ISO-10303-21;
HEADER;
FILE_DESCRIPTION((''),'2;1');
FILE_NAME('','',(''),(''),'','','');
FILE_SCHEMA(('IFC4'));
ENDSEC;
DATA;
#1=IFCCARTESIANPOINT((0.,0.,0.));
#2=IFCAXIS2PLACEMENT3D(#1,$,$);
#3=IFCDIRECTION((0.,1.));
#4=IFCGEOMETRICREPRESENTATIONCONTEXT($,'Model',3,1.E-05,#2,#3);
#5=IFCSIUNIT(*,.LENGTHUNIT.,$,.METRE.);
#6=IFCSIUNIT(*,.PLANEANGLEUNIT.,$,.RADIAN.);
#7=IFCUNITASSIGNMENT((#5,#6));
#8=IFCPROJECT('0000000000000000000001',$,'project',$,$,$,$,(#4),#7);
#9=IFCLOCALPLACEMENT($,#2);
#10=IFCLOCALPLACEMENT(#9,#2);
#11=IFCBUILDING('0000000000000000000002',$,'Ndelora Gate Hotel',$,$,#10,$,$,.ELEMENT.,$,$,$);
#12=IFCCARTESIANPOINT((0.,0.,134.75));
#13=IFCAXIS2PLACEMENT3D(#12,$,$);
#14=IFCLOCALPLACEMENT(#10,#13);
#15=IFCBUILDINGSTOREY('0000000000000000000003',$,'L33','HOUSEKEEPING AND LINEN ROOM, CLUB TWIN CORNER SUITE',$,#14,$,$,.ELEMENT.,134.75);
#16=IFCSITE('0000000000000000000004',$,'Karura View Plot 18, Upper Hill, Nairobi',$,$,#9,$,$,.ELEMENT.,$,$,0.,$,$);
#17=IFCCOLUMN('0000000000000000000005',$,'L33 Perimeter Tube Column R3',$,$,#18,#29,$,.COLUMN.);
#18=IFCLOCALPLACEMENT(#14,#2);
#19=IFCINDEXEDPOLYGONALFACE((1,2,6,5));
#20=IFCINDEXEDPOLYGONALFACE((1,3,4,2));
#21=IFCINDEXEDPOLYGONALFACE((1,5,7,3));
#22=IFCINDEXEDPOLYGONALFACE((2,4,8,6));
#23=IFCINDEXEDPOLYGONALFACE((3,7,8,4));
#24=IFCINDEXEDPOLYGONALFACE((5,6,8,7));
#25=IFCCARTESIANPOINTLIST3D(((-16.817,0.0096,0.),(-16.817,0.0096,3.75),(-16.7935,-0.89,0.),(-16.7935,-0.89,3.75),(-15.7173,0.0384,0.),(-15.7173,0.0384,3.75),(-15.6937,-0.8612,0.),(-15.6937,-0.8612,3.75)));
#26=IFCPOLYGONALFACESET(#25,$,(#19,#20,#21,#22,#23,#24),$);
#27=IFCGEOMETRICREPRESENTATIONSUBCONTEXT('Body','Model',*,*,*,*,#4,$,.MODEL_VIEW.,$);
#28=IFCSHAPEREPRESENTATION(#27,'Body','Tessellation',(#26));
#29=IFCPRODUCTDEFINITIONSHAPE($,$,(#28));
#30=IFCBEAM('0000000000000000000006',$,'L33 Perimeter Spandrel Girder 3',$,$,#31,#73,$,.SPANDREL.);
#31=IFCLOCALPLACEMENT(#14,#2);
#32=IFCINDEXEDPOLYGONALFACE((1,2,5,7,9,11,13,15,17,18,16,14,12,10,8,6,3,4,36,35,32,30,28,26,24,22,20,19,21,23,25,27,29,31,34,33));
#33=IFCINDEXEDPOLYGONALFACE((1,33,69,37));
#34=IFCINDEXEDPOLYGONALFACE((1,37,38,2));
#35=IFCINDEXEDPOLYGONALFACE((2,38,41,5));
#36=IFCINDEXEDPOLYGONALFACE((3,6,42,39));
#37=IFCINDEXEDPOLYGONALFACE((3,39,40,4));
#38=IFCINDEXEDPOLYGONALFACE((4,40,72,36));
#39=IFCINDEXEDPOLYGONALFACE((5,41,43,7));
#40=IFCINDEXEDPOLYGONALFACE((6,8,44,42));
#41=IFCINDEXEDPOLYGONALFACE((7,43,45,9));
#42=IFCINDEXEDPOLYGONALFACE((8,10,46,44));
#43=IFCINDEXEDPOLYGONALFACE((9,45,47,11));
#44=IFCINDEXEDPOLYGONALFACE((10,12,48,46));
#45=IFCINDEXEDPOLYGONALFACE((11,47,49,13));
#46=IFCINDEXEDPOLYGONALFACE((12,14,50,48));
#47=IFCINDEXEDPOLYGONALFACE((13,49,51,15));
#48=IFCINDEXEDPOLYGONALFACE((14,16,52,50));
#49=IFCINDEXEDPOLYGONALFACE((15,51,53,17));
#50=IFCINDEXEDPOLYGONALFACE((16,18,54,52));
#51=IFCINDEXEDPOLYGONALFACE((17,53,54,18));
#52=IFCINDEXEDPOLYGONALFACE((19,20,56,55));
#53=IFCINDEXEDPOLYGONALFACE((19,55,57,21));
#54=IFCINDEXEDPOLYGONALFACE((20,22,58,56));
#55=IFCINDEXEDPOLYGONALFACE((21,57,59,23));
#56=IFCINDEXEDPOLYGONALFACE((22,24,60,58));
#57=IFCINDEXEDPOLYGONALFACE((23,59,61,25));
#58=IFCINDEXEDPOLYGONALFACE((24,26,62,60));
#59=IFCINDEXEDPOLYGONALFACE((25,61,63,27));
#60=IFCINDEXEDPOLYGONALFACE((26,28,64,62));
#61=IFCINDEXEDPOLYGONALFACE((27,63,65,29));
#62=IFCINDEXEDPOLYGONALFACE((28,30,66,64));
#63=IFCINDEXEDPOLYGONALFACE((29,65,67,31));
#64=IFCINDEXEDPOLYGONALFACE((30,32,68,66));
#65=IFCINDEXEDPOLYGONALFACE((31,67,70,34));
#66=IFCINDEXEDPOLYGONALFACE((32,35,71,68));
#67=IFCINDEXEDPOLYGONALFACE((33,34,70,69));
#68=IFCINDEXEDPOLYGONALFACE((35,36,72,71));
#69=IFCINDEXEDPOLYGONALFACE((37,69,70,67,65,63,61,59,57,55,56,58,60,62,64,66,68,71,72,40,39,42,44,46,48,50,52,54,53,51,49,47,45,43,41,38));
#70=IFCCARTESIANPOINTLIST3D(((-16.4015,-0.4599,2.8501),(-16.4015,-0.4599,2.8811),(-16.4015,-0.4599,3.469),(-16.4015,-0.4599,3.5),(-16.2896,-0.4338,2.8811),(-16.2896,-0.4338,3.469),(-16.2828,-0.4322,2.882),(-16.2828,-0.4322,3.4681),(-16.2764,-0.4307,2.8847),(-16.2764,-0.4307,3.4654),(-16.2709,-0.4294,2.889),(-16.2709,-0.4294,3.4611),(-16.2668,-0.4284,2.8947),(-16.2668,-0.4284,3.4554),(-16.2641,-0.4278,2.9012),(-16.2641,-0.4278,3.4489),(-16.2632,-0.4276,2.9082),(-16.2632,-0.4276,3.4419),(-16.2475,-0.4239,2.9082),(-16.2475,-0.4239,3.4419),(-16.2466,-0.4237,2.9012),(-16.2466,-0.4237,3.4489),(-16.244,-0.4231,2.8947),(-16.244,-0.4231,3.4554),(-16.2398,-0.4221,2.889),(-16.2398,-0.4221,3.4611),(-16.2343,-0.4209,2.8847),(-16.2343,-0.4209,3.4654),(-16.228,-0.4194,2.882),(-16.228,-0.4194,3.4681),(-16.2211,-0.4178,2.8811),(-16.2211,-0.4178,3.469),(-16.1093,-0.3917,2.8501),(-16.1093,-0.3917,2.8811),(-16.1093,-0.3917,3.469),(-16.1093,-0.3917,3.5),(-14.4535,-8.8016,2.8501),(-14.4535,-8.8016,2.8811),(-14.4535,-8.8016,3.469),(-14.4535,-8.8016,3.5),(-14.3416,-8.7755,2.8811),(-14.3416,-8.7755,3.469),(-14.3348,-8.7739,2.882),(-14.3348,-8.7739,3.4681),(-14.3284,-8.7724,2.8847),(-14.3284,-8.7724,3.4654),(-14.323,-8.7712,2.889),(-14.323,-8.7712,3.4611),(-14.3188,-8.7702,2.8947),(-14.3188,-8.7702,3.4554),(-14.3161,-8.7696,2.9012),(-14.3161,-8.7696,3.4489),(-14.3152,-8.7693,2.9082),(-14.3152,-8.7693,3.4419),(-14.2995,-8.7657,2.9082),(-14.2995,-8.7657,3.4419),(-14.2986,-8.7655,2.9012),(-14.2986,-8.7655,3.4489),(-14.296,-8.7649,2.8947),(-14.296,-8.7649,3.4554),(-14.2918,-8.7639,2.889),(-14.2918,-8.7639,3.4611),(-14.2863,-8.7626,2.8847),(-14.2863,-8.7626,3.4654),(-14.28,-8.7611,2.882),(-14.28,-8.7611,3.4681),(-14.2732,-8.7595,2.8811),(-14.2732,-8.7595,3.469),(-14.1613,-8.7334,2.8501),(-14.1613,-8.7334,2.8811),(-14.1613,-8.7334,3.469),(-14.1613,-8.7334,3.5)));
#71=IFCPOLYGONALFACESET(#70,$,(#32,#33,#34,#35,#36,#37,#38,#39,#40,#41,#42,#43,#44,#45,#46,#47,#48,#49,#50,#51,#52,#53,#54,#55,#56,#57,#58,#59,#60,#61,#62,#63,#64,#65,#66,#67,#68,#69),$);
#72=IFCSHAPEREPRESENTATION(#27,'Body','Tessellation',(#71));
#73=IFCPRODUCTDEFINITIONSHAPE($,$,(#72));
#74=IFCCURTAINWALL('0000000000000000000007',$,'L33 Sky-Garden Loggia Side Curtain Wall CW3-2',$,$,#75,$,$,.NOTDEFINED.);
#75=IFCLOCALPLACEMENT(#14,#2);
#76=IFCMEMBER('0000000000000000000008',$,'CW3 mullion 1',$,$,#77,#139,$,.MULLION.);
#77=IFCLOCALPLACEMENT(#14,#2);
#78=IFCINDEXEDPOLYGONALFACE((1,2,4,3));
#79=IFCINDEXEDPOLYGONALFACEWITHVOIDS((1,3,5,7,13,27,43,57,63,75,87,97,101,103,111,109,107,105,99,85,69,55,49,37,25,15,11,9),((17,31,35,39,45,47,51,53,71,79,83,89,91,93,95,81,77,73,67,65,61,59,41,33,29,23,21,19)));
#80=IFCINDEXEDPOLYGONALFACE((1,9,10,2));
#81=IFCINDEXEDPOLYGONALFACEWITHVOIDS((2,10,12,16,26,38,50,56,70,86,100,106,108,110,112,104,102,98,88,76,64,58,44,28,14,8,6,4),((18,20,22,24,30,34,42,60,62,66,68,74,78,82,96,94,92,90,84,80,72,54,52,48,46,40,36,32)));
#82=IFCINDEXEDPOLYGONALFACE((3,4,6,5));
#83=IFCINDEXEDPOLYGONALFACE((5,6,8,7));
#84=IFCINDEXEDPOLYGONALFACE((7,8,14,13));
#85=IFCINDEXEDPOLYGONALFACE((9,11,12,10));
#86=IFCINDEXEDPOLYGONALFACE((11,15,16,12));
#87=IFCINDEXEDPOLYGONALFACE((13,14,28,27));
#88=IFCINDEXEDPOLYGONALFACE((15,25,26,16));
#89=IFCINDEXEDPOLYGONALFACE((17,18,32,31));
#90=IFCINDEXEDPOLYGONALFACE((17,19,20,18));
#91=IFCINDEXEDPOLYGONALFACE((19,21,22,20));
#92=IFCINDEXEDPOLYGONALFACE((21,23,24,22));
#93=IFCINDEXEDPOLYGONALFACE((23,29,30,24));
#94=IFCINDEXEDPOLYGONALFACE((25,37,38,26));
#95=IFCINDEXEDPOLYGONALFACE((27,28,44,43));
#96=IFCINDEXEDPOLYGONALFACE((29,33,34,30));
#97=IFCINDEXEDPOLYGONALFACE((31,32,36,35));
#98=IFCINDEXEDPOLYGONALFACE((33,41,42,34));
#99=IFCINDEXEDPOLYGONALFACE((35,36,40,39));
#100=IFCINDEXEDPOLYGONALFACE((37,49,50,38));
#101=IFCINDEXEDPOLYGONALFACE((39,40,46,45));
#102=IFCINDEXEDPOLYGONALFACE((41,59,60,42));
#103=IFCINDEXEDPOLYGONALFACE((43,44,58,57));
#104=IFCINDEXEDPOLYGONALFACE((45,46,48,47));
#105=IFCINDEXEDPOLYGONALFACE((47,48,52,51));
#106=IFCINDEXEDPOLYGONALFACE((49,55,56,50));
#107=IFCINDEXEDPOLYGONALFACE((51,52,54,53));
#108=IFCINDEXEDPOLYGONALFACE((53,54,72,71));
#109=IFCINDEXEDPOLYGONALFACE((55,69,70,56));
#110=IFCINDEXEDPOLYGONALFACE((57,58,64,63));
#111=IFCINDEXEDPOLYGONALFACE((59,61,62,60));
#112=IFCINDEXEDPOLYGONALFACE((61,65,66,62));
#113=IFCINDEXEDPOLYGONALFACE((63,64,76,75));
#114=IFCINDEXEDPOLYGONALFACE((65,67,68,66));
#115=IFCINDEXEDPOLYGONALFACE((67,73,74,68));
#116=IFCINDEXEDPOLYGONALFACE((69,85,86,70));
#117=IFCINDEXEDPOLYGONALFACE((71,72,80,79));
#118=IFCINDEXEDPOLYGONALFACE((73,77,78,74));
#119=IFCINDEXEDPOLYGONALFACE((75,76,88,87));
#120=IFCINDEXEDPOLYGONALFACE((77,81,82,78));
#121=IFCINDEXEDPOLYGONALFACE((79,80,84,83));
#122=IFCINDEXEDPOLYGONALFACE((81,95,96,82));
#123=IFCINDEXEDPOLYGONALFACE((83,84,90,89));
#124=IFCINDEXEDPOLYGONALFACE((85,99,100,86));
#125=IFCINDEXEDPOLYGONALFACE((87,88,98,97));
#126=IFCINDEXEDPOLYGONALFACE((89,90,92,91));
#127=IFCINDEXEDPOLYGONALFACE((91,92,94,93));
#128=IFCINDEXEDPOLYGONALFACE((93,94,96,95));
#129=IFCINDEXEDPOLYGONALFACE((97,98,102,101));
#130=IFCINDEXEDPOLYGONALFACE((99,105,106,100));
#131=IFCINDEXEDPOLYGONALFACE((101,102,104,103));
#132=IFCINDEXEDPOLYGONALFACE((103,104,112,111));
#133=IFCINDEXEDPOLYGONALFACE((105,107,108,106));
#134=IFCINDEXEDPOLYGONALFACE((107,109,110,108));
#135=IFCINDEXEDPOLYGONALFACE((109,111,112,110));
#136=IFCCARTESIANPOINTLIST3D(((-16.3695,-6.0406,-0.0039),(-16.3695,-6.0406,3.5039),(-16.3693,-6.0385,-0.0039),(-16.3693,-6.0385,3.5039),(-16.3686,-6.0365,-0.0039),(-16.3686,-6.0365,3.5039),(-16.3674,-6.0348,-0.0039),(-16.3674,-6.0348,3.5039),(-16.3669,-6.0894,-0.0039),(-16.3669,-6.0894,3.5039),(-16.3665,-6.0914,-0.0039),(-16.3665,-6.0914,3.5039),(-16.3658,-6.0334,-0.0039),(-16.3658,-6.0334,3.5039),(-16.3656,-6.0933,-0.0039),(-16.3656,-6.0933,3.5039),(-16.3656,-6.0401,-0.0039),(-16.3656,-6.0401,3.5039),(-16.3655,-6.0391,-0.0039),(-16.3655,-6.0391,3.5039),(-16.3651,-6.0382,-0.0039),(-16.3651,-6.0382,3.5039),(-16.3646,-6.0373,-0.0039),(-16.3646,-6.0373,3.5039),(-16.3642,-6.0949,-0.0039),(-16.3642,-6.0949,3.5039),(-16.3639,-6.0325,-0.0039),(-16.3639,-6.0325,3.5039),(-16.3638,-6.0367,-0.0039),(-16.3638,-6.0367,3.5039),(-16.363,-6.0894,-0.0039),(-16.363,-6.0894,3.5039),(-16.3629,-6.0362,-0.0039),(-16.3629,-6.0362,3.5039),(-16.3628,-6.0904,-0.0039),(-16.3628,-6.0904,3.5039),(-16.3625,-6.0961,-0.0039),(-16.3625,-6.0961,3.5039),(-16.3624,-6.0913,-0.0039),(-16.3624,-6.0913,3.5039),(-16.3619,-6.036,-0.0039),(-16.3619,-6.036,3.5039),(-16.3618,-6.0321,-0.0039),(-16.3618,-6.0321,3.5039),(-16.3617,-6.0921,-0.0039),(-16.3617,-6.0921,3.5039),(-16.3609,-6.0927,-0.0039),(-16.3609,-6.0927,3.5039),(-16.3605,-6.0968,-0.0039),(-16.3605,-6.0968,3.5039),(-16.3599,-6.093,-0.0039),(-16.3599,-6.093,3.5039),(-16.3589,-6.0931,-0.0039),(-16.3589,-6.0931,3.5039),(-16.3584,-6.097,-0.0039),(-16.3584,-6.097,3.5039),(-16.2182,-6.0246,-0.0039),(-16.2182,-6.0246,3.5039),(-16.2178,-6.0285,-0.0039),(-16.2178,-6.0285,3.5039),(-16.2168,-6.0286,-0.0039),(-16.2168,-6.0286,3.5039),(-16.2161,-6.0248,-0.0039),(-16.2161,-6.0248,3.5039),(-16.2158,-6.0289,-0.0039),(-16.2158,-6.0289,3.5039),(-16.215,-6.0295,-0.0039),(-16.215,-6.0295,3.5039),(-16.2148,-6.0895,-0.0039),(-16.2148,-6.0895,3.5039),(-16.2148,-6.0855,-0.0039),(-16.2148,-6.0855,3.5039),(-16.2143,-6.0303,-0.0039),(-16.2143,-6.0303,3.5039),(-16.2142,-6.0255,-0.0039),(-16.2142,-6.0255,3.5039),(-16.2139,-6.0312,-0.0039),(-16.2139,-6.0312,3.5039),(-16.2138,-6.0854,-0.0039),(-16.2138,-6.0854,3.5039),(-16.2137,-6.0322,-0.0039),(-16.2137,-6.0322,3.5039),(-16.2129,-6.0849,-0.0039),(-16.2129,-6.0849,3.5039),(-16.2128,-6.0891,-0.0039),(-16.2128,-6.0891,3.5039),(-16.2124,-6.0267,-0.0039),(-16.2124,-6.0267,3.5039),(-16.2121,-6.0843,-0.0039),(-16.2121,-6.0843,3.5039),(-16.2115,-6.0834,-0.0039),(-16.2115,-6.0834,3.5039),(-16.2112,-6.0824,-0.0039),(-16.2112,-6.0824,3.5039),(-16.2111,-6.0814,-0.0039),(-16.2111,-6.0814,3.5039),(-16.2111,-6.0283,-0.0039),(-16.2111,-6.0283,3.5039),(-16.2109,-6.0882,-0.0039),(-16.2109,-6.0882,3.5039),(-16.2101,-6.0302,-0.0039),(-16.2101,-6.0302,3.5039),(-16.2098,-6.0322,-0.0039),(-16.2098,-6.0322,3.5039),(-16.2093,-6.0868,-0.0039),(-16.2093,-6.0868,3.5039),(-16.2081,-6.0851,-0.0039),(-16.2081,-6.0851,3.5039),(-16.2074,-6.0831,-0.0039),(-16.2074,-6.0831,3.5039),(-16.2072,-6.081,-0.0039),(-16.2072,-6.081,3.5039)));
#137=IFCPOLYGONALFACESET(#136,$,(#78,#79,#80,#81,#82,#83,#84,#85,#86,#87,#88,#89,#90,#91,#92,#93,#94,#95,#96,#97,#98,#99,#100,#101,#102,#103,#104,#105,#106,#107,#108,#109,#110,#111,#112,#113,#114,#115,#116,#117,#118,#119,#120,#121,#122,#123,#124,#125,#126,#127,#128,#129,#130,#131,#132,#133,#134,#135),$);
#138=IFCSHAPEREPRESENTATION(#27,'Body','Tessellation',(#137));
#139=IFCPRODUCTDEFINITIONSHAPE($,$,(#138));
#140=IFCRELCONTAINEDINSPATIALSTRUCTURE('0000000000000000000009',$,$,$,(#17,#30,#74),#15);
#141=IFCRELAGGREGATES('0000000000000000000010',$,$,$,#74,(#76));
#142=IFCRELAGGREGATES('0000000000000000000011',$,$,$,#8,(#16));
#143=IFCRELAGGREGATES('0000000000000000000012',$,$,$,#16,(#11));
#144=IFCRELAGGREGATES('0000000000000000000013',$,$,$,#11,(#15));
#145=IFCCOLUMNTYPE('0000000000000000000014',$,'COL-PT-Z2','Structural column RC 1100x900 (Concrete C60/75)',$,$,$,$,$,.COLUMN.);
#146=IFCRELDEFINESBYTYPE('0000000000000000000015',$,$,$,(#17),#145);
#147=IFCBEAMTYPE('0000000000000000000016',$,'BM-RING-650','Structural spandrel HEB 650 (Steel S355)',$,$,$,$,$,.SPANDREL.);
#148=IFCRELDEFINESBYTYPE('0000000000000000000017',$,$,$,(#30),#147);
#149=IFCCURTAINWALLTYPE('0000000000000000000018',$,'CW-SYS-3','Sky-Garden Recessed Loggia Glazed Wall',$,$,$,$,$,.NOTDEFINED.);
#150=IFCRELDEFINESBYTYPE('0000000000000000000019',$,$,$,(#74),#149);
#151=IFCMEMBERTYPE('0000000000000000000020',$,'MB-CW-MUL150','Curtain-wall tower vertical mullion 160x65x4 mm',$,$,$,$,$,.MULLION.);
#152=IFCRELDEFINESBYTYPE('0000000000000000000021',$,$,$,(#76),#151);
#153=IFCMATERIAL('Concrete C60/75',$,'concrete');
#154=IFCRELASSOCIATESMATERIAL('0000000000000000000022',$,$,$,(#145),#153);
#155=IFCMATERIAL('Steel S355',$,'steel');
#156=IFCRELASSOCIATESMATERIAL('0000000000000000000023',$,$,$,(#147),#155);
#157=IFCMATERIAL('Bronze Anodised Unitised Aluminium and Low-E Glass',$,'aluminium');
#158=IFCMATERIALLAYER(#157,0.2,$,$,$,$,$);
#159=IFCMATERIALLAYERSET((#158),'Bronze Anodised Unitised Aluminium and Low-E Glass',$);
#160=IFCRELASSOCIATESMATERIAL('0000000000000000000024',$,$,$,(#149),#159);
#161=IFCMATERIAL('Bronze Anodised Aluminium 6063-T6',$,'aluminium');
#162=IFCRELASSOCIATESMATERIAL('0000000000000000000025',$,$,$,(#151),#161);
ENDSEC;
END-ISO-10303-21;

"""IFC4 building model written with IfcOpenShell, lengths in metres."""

from ifc_helpers import new_model, si_unit, direction, frame, origin, origin_2d, place, context, subcontext, project, spatial, rectangle, hollow_rectangle, i_section, extrude, material, layer, layer_set, material_profile, profile_set, type_object, element, aggregate, save


model = new_model("IFC4")

# Units and contexts
model_context = context("Model", 3, precision=1e-05, world=origin(), true_north=direction((0.0, 1.0)))
body_context = subcontext(model_context, "Body", "Model", "MODEL_VIEW")
ifc_project = project(units=[si_unit("LENGTHUNIT", "METRE"), si_unit("PLANEANGLEUNIT", "RADIAN")], contexts=[model_context])

# Site, building, storey
site_placement = place(None, origin())
site = spatial("IfcSite", under=ifc_project, at=site_placement, Name="Karura View Plot 18, Upper Hill, Nairobi", CompositionType="ELEMENT", RefElevation=0.0)
building_placement = place(site_placement, origin())
building = spatial("IfcBuilding", under=site, at=building_placement, Name="Ndelora Gate Hotel", CompositionType="ELEMENT")
storey_placement = place(building_placement, frame((0.0, 0.0, 134.75)))
storey = spatial("IfcBuildingStorey", under=building, at=storey_placement, Name="L33", Description="HOUSEKEEPING AND LINEN ROOM, CLUB TWIN CORNER SUITE", CompositionType="ELEMENT", Elevation=134.75)

# Column
ifc_material_1 = material(Name="Concrete C60/75", Category="concrete")
ifc_material_profile_1 = material_profile(ifc_material_1, rectangle(XDim=0.8999, YDim=1.1001, at=origin_2d()), Name="RC 1100x900")
ifc_profile_set_1 = profile_set([ifc_material_profile_1], Name="Concrete C60/75")
column_type = type_object("IfcColumnType", Name="COL-PT-Z2", Description="Structural column RC 1100x900 (Concrete C60/75)", PredefinedType="COLUMN", material=ifc_profile_set_1)
column_placement = place(storey_placement, frame((-16.2554, -0.4258, 0.0), z_axis=(0.0, 0.0, 1.0), x_axis=(-0.026177, 0.999657, 0.0)))
element("IfcColumn", 1, at=column_placement, inside=storey, type_object=column_type, Name="L33 Perimeter Tube Column R3", PredefinedType="COLUMN", context=body_context, shape_type="SweptSolid", body=[
    extrude(rectangle(XDim=0.8999, YDim=1.1001, at=origin_2d()), origin(), (0.0, 0.0, 1.0), 3.75),
])

# Beam
ifc_material_2 = material(Name="Steel S355", Category="steel")
ifc_material_profile_2 = material_profile(ifc_material_2, i_section(OverallWidth=0.3, OverallDepth=0.6499, WebThickness=0.0161, FlangeThickness=0.031, FilletRadius=0.0271, at=origin_2d()), Name="HEB 650")
ifc_profile_set_2 = profile_set([ifc_material_profile_2], Name="Steel S355")
beam_type = type_object("IfcBeamType", Name="BM-RING-650", Description="Structural spandrel HEB 650 (Steel S355)", PredefinedType="SPANDREL", material=ifc_profile_set_2)
beam_placement = place(storey_placement, frame((-16.2554, -0.4258, 3.175), z_axis=(0.227404, -0.9738, 0.0), x_axis=(0.9738, 0.227404, 0.0)))
element("IfcBeam", 2, at=beam_placement, inside=storey, type_object=beam_type, Name="L33 Perimeter Spandrel Girder 3", PredefinedType="SPANDREL", context=body_context, shape_type="SweptSolid", body=[
    extrude(i_section(OverallWidth=0.3, OverallDepth=0.6499, WebThickness=0.0161, FlangeThickness=0.031, FilletRadius=0.0271, at=origin_2d()), origin(), (0.0, 0.0, 1.0), 8.5662),
])

# Curtain wall, member
ifc_material_3 = material(Name="Bronze Anodised Unitised Aluminium and Low-E Glass", Category="aluminium")
ifc_layer_1 = layer(ifc_material_3, 0.2)
ifc_layer_set_1 = layer_set([ifc_layer_1], Name="Bronze Anodised Unitised Aluminium and Low-E Glass")
curtain_wall_type = type_object("IfcCurtainWallType", Name="CW-SYS-3", Description="Sky-Garden Recessed Loggia Glazed Wall", PredefinedType="NOTDEFINED", material=ifc_layer_set_1)
curtain_wall_placement = place(storey_placement, origin())
curtain_wall = element("IfcCurtainWall", 3, at=curtain_wall_placement, inside=storey, type_object=curtain_wall_type, Name="L33 Sky-Garden Loggia Side Curtain Wall CW3-2", PredefinedType="NOTDEFINED")
ifc_material_4 = material(Name="Bronze Anodised Aluminium 6063-T6", Category="aluminium")
ifc_material_profile_3 = material_profile(ifc_material_4, hollow_rectangle(XDim=0.0649, YDim=0.1599, WallThickness=0.0039, InnerFilletRadius=0.0039, OuterFilletRadius=0.0081, at=origin_2d()), Name="ALU 160x65x4")
ifc_profile_set_3 = profile_set([ifc_material_profile_3], Name="Bronze Anodised Aluminium 6063-T6")
member_type_1 = type_object("IfcMemberType", Name="MB-CW-MUL150", Description="Curtain-wall tower vertical mullion 160x65x4 mm", PredefinedType="MULLION", material=ifc_profile_set_3)
member_1_placement = place(storey_placement, frame((-16.2883, -6.0608, -0.0039), z_axis=(0.0, 0.0, 1.0), x_axis=(-0.052363, 0.998628, 0.0)))
member_1 = element("IfcMember", 4, at=member_1_placement, type_object=member_type_1, Name="CW3 mullion 1", PredefinedType="MULLION", context=body_context, shape_type="SweptSolid", body=[
    extrude(hollow_rectangle(XDim=0.0649, YDim=0.1599, WallThickness=0.0039, InnerFilletRadius=0.0039, OuterFilletRadius=0.0081, at=origin_2d()), origin(), (0.0, 0.0, 1.0), 3.5078),
])
aggregate(curtain_wall, [member_1])

save(model, "model.ifc")
